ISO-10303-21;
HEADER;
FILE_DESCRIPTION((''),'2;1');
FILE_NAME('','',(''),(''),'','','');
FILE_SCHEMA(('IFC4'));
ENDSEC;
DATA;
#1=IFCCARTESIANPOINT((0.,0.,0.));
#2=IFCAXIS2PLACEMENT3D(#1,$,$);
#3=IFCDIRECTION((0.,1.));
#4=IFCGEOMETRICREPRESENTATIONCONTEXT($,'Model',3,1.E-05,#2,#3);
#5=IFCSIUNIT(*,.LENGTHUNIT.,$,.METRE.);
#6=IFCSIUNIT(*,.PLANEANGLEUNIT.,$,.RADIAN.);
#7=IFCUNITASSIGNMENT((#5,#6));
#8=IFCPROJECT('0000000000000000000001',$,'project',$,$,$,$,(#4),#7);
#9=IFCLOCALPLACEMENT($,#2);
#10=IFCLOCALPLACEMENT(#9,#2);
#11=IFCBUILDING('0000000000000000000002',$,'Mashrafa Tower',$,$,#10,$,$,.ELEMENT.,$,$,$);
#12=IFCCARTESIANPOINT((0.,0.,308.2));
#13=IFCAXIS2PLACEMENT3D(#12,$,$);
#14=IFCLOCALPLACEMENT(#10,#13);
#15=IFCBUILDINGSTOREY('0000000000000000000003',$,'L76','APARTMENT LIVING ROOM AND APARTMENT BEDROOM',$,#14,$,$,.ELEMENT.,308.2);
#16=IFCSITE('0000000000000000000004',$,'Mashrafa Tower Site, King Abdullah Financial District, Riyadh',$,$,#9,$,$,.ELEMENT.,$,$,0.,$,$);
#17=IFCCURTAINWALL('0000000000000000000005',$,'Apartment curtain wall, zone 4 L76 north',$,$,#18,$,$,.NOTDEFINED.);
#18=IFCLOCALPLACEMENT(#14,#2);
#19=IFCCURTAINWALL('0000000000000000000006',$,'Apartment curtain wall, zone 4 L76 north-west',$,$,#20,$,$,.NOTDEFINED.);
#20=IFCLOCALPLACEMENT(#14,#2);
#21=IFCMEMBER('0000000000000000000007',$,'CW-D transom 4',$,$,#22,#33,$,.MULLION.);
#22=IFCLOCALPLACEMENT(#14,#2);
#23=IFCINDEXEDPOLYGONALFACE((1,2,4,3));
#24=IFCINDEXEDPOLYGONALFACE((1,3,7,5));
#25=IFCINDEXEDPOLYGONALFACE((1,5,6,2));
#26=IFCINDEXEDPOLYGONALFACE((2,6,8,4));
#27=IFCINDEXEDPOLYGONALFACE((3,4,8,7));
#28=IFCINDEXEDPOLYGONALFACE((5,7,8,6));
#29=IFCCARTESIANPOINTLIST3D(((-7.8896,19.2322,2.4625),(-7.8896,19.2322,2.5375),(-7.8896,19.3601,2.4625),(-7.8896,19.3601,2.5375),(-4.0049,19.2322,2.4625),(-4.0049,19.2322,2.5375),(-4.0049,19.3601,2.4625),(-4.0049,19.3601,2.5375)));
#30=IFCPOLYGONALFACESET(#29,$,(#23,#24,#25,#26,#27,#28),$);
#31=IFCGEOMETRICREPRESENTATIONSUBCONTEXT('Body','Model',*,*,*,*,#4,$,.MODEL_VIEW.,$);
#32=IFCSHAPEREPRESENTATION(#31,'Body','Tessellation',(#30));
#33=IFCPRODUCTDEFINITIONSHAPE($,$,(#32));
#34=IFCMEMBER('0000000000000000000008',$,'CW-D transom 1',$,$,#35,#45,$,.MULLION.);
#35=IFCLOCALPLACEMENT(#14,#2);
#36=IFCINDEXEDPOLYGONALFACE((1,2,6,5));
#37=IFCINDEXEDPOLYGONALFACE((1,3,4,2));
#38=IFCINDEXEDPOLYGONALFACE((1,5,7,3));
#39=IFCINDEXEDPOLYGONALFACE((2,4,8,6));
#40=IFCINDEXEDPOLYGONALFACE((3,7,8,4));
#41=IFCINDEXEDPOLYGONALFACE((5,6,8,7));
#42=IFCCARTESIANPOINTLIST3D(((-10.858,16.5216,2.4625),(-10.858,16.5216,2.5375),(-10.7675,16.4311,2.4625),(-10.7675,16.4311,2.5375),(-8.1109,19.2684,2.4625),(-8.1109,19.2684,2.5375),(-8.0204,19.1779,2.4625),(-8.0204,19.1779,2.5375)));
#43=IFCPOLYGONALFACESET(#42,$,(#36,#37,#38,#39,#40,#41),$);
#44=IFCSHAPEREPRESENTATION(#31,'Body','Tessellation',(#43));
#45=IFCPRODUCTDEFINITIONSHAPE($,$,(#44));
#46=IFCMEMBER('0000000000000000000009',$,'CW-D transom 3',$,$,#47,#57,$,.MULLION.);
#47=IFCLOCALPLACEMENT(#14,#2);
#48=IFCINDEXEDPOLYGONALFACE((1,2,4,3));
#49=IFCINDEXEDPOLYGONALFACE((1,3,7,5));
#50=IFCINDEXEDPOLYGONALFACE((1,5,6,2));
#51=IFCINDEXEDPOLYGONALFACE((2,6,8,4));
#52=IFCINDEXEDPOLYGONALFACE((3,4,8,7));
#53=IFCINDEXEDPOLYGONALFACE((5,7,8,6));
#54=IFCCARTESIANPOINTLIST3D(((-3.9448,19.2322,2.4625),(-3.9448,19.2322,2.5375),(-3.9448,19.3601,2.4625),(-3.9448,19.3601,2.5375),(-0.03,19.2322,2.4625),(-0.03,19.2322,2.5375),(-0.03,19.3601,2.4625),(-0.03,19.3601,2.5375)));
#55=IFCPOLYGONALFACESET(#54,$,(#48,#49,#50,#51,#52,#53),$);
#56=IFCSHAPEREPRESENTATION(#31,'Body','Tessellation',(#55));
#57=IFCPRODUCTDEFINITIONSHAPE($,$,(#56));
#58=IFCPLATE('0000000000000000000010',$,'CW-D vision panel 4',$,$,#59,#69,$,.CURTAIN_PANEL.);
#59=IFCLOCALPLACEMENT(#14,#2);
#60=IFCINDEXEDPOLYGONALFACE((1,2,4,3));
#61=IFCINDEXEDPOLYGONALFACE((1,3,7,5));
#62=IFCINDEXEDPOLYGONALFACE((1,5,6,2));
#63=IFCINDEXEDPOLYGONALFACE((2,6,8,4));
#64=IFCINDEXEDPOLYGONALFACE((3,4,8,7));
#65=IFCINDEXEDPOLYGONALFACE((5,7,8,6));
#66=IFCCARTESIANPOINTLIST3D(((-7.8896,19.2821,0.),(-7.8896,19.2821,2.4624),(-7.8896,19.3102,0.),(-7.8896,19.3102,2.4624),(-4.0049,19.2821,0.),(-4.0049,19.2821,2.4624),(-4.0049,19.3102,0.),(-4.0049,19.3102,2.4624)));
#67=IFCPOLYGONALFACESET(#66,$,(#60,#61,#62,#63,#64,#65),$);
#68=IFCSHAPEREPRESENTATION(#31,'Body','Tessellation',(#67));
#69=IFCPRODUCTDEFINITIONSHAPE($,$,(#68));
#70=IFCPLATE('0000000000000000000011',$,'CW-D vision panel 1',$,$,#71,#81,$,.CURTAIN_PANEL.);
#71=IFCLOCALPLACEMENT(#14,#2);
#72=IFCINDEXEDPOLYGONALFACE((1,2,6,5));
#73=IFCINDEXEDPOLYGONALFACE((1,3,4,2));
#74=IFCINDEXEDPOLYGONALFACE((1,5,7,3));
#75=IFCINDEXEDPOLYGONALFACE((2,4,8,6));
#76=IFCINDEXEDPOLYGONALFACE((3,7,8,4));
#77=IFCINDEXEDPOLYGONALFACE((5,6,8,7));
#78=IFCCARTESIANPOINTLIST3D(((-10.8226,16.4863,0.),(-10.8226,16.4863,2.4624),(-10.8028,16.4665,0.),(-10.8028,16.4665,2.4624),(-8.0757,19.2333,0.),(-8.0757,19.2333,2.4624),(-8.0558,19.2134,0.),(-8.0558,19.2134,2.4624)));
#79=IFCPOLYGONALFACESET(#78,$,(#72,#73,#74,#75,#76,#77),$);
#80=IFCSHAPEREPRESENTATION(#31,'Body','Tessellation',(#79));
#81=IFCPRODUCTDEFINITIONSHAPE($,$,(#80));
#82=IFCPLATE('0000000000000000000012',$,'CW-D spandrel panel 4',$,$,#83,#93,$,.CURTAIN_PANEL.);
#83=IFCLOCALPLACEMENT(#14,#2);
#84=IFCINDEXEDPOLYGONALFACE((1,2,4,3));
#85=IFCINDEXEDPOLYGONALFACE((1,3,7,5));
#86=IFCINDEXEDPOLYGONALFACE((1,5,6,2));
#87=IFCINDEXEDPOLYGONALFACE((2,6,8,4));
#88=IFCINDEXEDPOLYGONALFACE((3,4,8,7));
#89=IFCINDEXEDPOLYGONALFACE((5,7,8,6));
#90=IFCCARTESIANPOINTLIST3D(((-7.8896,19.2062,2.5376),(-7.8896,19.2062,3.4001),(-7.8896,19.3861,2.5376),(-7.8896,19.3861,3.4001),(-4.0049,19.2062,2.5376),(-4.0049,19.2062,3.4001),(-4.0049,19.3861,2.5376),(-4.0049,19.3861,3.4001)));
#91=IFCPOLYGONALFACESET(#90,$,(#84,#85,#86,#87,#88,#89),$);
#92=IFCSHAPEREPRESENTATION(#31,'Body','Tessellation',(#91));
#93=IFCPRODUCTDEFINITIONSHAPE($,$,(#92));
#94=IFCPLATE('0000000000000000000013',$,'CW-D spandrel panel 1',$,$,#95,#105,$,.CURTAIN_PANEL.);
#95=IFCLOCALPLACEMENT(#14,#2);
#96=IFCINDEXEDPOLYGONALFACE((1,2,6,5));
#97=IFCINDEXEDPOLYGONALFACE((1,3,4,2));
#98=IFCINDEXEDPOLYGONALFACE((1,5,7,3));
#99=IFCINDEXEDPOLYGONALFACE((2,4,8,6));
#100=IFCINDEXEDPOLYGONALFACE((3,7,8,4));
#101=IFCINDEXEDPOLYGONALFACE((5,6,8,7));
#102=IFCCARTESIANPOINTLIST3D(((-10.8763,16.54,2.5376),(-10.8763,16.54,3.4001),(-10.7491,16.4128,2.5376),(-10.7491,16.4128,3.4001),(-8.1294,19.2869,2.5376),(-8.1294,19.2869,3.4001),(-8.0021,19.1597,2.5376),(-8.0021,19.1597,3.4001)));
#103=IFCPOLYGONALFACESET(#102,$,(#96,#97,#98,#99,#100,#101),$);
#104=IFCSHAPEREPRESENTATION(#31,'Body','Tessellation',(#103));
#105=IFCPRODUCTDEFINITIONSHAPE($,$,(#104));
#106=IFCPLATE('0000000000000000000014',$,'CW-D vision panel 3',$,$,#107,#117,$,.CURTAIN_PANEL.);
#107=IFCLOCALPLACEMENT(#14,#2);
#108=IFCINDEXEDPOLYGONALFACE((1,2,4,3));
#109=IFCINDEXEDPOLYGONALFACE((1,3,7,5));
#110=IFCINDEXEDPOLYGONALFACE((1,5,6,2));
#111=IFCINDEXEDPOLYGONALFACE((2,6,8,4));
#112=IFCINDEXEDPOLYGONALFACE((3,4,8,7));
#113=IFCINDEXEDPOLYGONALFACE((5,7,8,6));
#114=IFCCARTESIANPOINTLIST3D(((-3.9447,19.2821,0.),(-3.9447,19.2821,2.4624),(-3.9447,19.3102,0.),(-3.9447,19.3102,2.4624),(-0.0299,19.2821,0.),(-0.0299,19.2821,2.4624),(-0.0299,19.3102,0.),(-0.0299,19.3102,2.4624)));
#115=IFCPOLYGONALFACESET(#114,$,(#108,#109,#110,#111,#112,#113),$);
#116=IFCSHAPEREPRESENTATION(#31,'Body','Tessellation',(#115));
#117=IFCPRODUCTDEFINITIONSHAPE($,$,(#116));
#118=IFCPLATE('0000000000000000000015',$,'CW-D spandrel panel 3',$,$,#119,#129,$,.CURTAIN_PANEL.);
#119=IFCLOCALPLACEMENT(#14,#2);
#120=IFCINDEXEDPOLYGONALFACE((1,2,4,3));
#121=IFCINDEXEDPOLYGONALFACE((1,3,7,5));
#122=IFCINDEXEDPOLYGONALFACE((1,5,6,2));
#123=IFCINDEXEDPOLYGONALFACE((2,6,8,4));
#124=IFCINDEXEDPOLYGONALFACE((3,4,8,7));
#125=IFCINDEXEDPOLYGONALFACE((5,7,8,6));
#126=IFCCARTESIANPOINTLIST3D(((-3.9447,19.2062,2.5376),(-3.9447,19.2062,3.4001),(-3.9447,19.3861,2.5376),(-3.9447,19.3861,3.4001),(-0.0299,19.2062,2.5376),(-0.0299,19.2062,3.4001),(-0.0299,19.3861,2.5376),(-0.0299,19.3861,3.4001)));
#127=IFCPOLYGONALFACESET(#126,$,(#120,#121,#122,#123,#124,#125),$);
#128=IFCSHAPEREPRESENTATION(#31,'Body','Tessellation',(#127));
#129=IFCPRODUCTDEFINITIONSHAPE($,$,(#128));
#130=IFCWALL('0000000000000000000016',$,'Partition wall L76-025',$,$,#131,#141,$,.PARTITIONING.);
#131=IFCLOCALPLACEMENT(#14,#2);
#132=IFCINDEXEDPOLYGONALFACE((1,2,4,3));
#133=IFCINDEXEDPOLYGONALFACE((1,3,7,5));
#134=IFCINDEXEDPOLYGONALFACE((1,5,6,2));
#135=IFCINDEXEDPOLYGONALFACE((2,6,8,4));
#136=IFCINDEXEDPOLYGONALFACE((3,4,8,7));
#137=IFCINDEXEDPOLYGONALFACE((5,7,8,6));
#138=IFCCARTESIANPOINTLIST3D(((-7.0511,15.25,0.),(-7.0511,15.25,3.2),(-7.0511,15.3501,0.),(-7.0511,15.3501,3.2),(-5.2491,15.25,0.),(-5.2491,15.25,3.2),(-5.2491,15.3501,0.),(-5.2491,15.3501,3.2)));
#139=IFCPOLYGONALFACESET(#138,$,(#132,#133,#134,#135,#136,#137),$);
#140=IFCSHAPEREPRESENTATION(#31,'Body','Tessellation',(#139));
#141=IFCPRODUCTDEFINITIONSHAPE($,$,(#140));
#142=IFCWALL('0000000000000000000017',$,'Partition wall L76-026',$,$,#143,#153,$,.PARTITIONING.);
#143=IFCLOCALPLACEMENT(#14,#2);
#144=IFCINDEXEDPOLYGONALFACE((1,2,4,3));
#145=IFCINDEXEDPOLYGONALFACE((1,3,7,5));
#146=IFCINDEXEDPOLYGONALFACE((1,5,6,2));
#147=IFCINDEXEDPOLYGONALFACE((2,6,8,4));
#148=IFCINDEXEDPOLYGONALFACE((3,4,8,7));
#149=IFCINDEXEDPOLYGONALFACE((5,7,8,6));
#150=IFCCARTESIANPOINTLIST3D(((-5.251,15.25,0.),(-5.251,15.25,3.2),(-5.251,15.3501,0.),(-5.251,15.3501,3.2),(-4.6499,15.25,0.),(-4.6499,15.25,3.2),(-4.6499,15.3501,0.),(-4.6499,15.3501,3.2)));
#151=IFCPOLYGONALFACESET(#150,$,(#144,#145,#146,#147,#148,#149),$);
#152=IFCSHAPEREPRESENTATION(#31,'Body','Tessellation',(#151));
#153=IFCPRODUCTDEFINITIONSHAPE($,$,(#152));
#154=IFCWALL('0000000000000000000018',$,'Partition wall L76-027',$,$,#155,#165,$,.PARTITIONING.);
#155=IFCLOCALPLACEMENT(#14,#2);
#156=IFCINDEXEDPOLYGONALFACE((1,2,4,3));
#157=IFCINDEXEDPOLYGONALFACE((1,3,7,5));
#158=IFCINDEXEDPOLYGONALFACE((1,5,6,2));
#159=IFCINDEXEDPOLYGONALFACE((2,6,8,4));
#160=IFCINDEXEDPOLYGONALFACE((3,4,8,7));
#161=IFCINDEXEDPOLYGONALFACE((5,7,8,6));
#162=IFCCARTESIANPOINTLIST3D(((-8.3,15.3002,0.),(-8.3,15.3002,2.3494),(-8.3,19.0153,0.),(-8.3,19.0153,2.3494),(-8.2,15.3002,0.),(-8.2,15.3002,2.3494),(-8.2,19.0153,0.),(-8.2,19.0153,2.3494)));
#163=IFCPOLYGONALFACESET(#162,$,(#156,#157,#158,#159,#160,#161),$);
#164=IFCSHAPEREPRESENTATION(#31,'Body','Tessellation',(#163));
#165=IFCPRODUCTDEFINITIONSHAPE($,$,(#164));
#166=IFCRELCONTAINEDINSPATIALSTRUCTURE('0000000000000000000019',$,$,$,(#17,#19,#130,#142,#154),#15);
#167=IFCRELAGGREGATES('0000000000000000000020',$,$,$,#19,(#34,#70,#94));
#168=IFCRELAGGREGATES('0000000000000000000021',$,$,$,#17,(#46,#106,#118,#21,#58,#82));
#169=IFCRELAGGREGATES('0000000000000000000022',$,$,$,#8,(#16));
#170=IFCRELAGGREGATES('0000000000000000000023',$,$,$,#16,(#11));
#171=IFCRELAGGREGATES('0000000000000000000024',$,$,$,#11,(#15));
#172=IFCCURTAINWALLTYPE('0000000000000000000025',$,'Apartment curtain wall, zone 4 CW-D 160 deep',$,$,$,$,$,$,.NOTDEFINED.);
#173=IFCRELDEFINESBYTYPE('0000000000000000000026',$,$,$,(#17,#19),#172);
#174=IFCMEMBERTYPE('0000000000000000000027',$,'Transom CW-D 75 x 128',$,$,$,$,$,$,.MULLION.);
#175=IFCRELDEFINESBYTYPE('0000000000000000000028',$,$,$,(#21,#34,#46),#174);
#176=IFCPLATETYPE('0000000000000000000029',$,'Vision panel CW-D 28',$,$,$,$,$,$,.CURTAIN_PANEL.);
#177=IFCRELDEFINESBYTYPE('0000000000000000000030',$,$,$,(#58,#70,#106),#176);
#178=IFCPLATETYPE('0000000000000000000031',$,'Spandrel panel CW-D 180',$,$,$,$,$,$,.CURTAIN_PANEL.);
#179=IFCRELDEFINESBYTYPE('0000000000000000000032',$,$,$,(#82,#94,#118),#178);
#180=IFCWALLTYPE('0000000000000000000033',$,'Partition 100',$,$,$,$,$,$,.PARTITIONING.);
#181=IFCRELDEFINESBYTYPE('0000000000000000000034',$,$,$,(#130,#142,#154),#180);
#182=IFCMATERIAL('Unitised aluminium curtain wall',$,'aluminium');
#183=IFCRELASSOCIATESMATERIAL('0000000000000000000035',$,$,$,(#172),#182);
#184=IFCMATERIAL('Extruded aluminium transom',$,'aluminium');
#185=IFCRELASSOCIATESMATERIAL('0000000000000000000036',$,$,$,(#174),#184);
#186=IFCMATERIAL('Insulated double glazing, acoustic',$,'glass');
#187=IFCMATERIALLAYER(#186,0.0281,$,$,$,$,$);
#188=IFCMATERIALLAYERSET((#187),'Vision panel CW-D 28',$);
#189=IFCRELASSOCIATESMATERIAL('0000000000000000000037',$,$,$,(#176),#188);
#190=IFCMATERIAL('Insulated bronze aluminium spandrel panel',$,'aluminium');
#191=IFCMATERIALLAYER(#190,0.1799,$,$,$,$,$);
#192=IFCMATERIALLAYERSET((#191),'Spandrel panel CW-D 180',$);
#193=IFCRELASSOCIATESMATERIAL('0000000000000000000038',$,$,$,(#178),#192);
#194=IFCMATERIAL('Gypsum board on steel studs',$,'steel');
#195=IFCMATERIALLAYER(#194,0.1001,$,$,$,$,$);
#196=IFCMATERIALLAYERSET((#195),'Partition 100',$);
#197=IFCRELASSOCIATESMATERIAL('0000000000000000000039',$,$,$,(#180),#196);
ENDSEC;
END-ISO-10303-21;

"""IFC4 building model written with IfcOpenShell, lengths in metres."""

from ifc_helpers import new_model, si_unit, direction, frame, frame_2d, origin, origin_2d, place, context, subcontext, project, spatial, rectangle, extrude, source, transform, mapped, material, layer, layer_set, material_profile, profile_set, type_object, type_shapes, element, aggregate, save


model = new_model("IFC4")

# Units and contexts
model_context = context("Model", 3, precision=1e-05, world=origin(), true_north=direction((0.0, 1.0)))
body_context = subcontext(model_context, "Body", "Model", "MODEL_VIEW")
ifc_project = project(units=[si_unit("LENGTHUNIT", "METRE"), si_unit("PLANEANGLEUNIT", "RADIAN")], contexts=[model_context])

# Site, building, storey
site_placement = place(None, origin())
site = spatial("IfcSite", under=ifc_project, at=site_placement, Name="Mashrafa Tower Site, King Abdullah Financial District, Riyadh", CompositionType="ELEMENT", RefElevation=0.0)
building_placement = place(site_placement, origin())
building = spatial("IfcBuilding", under=site, at=building_placement, Name="Mashrafa Tower", CompositionType="ELEMENT")
storey_placement = place(building_placement, frame((0.0, 0.0, 308.2)))
storey = spatial("IfcBuildingStorey", under=building, at=storey_placement, Name="L76", Description="APARTMENT LIVING ROOM AND APARTMENT BEDROOM", CompositionType="ELEMENT", Elevation=308.2)

# Curtain wall
ifc_material_1 = material(Name="Unitised aluminium curtain wall", Category="aluminium")
curtain_wall_type = type_object("IfcCurtainWallType", Name="Apartment curtain wall, zone 4 CW-D 160 deep", PredefinedType="NOTDEFINED", material=ifc_material_1)
curtain_wall_1_placement = place(storey_placement, origin())
curtain_wall_1 = element("IfcCurtainWall", 1, at=curtain_wall_1_placement, inside=storey, type_object=curtain_wall_type, Name="Apartment curtain wall, zone 4 L76 north", PredefinedType="NOTDEFINED")

# Curtain wall
curtain_wall_2_placement = place(storey_placement, origin())
curtain_wall_2 = element("IfcCurtainWall", 2, at=curtain_wall_2_placement, inside=storey, type_object=curtain_wall_type, Name="Apartment curtain wall, zone 4 L76 north-west", PredefinedType="NOTDEFINED")

# Members
ifc_material_2 = material(Name="Extruded aluminium transom", Category="aluminium")
ifc_material_profile_1 = material_profile(ifc_material_2, rectangle(XDim=0.1279, YDim=0.075, at=origin_2d()), Name="Transom 75x128")
ifc_profile_set_1 = profile_set([ifc_material_profile_1], Name="Extruded aluminium transom")
member_type_1 = type_object("IfcMemberType", Name="Transom CW-D 75 x 128", PredefinedType="MULLION", material=ifc_profile_set_1)
shared_shape_1 = source(origin(), body_context, "Body", "SweptSolid", [
    extrude(rectangle(XDim=0.1279, YDim=0.075, at=origin_2d()), origin(), (0.0, 0.0, 1.0), 3.8848),
])
member_1_placement = place(storey_placement, frame((-4.0049, 19.2961, 2.5), z_axis=(-1.0, 0.0, 0.0), x_axis=(0.0, -1.0, 0.0)))
member_1 = element("IfcMember", 3, at=member_1_placement, type_object=member_type_1, Name="CW-D transom 4", PredefinedType="MULLION", context=body_context, shape_type="MappedRepresentation", body=[
    mapped(shared_shape_1, transform((0.0, 0.0, 0.0))),
])
member_2_placement = place(storey_placement, frame((-8.0657, 19.2231, 2.5), z_axis=(-0.707138, -0.707075, 0.0), x_axis=(0.707075, -0.707138, 0.0)))
member_2 = element("IfcMember", 4, at=member_2_placement, type_object=member_type_1, Name="CW-D transom 1", PredefinedType="MULLION", context=body_context, shape_type="MappedRepresentation", body=[
    mapped(shared_shape_1, transform((0.0, 0.0, 0.0))),
])
shared_shape_2 = source(origin(), body_context, "Body", "SweptSolid", [
    extrude(rectangle(XDim=0.1279, YDim=0.075, at=origin_2d()), origin(), (0.0, 0.0, 1.0), 3.9148),
])
type_shapes(member_type_1, [shared_shape_1, shared_shape_2])
member_3_placement = place(storey_placement, frame((-0.03, 19.2961, 2.5), z_axis=(-1.0, 0.0, 0.0), x_axis=(0.0, -1.0, 0.0)))
member_3 = element("IfcMember", 5, at=member_3_placement, type_object=member_type_1, Name="CW-D transom 3", PredefinedType="MULLION", context=body_context, shape_type="MappedRepresentation", body=[
    mapped(shared_shape_2, transform((0.0, 0.0, 0.0))),
])

# Plates
ifc_material_3 = material(Name="Insulated double glazing, acoustic", Category="glass")
ifc_layer_1 = layer(ifc_material_3, 0.0281)
ifc_layer_set_1 = layer_set([ifc_layer_1], Name="Vision panel CW-D 28")
plate_type_1 = type_object("IfcPlateType", Name="Vision panel CW-D 28", PredefinedType="CURTAIN_PANEL", material=ifc_layer_set_1)
shared_shape_3 = source(origin(), body_context, "Body", "SweptSolid", [
    extrude(rectangle(XDim=3.8848, YDim=0.0281, at=origin_2d()), origin(), (0.0, 0.0, 1.0), 2.4624),
])
plate_1_placement = place(storey_placement, frame((-5.9473, 19.2961, 0.0), z_axis=(0.0, 0.0, 1.0), x_axis=(-1.0, 0.0, 0.0)))
plate_1 = element("IfcPlate", 6, at=plate_1_placement, type_object=plate_type_1, Name="CW-D vision panel 4", PredefinedType="CURTAIN_PANEL", context=body_context, shape_type="MappedRepresentation", body=[
    mapped(shared_shape_3, transform((0.0, 0.0, 0.0))),
])
plate_2_placement = place(storey_placement, frame((-9.4392, 17.8499, 0.0), z_axis=(0.0, 0.0, 1.0), x_axis=(-0.707107, -0.707107, 0.0)))
plate_2 = element("IfcPlate", 7, at=plate_2_placement, type_object=plate_type_1, Name="CW-D vision panel 1", PredefinedType="CURTAIN_PANEL", context=body_context, shape_type="MappedRepresentation", body=[
    mapped(shared_shape_3, transform((0.0, 0.0, 0.0))),
])
ifc_material_4 = material(Name="Insulated bronze aluminium spandrel panel", Category="aluminium")
ifc_layer_2 = layer(ifc_material_4, 0.1799)
ifc_layer_set_2 = layer_set([ifc_layer_2], Name="Spandrel panel CW-D 180")
plate_type_2 = type_object("IfcPlateType", Name="Spandrel panel CW-D 180", PredefinedType="CURTAIN_PANEL", material=ifc_layer_set_2)
shared_shape_4 = source(origin(), body_context, "Body", "SweptSolid", [
    extrude(rectangle(XDim=3.8848, YDim=0.1799, at=origin_2d()), origin(), (0.0, 0.0, 1.0), 0.8625),
])
plate_3_placement = place(storey_placement, frame((-5.9473, 19.2961, 2.5376), z_axis=(0.0, 0.0, 1.0), x_axis=(-1.0, 0.0, 0.0)))
plate_3 = element("IfcPlate", 8, at=plate_3_placement, type_object=plate_type_2, Name="CW-D spandrel panel 4", PredefinedType="CURTAIN_PANEL", context=body_context, shape_type="MappedRepresentation", body=[
    mapped(shared_shape_4, transform((0.0, 0.0, 0.0))),
])
plate_4_placement = place(storey_placement, frame((-9.4392, 17.8499, 2.5376), z_axis=(0.0, 0.0, 1.0), x_axis=(-0.707107, -0.707107, 0.0)))
plate_4 = element("IfcPlate", 9, at=plate_4_placement, type_object=plate_type_2, Name="CW-D spandrel panel 1", PredefinedType="CURTAIN_PANEL", context=body_context, shape_type="MappedRepresentation", body=[
    mapped(shared_shape_4, transform((0.0, 0.0, 0.0))),
])
aggregate(curtain_wall_2, [member_2, plate_2, plate_4])
shared_shape_5 = source(origin(), body_context, "Body", "SweptSolid", [
    extrude(rectangle(XDim=3.9148, YDim=0.0281, at=origin_2d()), origin(), (0.0, 0.0, 1.0), 2.4624),
])
type_shapes(plate_type_1, [shared_shape_3, shared_shape_5])
plate_5_placement = place(storey_placement, frame((-1.9873, 19.2961, 0.0), z_axis=(0.0, 0.0, 1.0), x_axis=(-1.0, 0.0, 0.0)))
plate_5 = element("IfcPlate", 10, at=plate_5_placement, type_object=plate_type_1, Name="CW-D vision panel 3", PredefinedType="CURTAIN_PANEL", context=body_context, shape_type="MappedRepresentation", body=[
    mapped(shared_shape_5, transform((0.0, 0.0, 0.0))),
])
shared_shape_6 = source(origin(), body_context, "Body", "SweptSolid", [
    extrude(rectangle(XDim=3.9148, YDim=0.1799, at=origin_2d()), origin(), (0.0, 0.0, 1.0), 0.8625),
])
type_shapes(plate_type_2, [shared_shape_4, shared_shape_6])
plate_6_placement = place(storey_placement, frame((-1.9873, 19.2961, 2.5376), z_axis=(0.0, 0.0, 1.0), x_axis=(-1.0, 0.0, 0.0)))
plate_6 = element("IfcPlate", 11, at=plate_6_placement, type_object=plate_type_2, Name="CW-D spandrel panel 3", PredefinedType="CURTAIN_PANEL", context=body_context, shape_type="MappedRepresentation", body=[
    mapped(shared_shape_6, transform((0.0, 0.0, 0.0))),
])
aggregate(curtain_wall_1, [member_3, plate_5, plate_6, member_1, plate_1, plate_3])

# Walls
ifc_material_5 = material(Name="Gypsum board on steel studs", Category="steel")
ifc_layer_3 = layer(ifc_material_5, 0.1001)
ifc_layer_set_3 = layer_set([ifc_layer_3], Name="Partition 100")
wall_type = type_object("IfcWallType", Name="Partition 100", PredefinedType="PARTITIONING", material=ifc_layer_set_3)
wall_1_placement = place(storey_placement, frame((-7.051, 15.3, 0.0), z_axis=(0.0, 0.0, 1.0), x_axis=(1.0, 0.0, 0.0)))
element("IfcWall", 12, at=wall_1_placement, inside=storey, type_object=wall_type, Name="Partition wall L76-025", PredefinedType="PARTITIONING", context=body_context, shape_type="SweptSolid", body=[
    extrude(rectangle(XDim=1.802, YDim=0.1001, at=frame_2d((0.9009, 0.0))), origin(), (0.0, 0.0, 1.0), 3.2),
])
wall_2_placement = place(storey_placement, frame((-5.251, 15.3, 0.0), z_axis=(0.0, 0.0, 1.0), x_axis=(1.0, 0.0, 0.0)))
element("IfcWall", 13, at=wall_2_placement, inside=storey, type_object=wall_type, Name="Partition wall L76-026", PredefinedType="PARTITIONING", context=body_context, shape_type="SweptSolid", body=[
    extrude(rectangle(XDim=0.6011, YDim=0.1001, at=frame_2d((0.3005, 0.0))), origin(), (0.0, 0.0, 1.0), 3.2),
])
wall_3_placement = place(storey_placement, frame((-8.25, 19.0151, 0.0), z_axis=(0.0, 0.0, 1.0), x_axis=(0.0, -1.0, 0.0)))
element("IfcWall", 14, at=wall_3_placement, inside=storey, type_object=wall_type, Name="Partition wall L76-027", PredefinedType="PARTITIONING", context=body_context, shape_type="SweptSolid", body=[
    extrude(rectangle(XDim=3.7151, YDim=0.1001, at=frame_2d((1.8574, 0.0))), origin(), (0.0, 0.0, 1.0), 2.3494),
])

save(model, "model.ifc")
